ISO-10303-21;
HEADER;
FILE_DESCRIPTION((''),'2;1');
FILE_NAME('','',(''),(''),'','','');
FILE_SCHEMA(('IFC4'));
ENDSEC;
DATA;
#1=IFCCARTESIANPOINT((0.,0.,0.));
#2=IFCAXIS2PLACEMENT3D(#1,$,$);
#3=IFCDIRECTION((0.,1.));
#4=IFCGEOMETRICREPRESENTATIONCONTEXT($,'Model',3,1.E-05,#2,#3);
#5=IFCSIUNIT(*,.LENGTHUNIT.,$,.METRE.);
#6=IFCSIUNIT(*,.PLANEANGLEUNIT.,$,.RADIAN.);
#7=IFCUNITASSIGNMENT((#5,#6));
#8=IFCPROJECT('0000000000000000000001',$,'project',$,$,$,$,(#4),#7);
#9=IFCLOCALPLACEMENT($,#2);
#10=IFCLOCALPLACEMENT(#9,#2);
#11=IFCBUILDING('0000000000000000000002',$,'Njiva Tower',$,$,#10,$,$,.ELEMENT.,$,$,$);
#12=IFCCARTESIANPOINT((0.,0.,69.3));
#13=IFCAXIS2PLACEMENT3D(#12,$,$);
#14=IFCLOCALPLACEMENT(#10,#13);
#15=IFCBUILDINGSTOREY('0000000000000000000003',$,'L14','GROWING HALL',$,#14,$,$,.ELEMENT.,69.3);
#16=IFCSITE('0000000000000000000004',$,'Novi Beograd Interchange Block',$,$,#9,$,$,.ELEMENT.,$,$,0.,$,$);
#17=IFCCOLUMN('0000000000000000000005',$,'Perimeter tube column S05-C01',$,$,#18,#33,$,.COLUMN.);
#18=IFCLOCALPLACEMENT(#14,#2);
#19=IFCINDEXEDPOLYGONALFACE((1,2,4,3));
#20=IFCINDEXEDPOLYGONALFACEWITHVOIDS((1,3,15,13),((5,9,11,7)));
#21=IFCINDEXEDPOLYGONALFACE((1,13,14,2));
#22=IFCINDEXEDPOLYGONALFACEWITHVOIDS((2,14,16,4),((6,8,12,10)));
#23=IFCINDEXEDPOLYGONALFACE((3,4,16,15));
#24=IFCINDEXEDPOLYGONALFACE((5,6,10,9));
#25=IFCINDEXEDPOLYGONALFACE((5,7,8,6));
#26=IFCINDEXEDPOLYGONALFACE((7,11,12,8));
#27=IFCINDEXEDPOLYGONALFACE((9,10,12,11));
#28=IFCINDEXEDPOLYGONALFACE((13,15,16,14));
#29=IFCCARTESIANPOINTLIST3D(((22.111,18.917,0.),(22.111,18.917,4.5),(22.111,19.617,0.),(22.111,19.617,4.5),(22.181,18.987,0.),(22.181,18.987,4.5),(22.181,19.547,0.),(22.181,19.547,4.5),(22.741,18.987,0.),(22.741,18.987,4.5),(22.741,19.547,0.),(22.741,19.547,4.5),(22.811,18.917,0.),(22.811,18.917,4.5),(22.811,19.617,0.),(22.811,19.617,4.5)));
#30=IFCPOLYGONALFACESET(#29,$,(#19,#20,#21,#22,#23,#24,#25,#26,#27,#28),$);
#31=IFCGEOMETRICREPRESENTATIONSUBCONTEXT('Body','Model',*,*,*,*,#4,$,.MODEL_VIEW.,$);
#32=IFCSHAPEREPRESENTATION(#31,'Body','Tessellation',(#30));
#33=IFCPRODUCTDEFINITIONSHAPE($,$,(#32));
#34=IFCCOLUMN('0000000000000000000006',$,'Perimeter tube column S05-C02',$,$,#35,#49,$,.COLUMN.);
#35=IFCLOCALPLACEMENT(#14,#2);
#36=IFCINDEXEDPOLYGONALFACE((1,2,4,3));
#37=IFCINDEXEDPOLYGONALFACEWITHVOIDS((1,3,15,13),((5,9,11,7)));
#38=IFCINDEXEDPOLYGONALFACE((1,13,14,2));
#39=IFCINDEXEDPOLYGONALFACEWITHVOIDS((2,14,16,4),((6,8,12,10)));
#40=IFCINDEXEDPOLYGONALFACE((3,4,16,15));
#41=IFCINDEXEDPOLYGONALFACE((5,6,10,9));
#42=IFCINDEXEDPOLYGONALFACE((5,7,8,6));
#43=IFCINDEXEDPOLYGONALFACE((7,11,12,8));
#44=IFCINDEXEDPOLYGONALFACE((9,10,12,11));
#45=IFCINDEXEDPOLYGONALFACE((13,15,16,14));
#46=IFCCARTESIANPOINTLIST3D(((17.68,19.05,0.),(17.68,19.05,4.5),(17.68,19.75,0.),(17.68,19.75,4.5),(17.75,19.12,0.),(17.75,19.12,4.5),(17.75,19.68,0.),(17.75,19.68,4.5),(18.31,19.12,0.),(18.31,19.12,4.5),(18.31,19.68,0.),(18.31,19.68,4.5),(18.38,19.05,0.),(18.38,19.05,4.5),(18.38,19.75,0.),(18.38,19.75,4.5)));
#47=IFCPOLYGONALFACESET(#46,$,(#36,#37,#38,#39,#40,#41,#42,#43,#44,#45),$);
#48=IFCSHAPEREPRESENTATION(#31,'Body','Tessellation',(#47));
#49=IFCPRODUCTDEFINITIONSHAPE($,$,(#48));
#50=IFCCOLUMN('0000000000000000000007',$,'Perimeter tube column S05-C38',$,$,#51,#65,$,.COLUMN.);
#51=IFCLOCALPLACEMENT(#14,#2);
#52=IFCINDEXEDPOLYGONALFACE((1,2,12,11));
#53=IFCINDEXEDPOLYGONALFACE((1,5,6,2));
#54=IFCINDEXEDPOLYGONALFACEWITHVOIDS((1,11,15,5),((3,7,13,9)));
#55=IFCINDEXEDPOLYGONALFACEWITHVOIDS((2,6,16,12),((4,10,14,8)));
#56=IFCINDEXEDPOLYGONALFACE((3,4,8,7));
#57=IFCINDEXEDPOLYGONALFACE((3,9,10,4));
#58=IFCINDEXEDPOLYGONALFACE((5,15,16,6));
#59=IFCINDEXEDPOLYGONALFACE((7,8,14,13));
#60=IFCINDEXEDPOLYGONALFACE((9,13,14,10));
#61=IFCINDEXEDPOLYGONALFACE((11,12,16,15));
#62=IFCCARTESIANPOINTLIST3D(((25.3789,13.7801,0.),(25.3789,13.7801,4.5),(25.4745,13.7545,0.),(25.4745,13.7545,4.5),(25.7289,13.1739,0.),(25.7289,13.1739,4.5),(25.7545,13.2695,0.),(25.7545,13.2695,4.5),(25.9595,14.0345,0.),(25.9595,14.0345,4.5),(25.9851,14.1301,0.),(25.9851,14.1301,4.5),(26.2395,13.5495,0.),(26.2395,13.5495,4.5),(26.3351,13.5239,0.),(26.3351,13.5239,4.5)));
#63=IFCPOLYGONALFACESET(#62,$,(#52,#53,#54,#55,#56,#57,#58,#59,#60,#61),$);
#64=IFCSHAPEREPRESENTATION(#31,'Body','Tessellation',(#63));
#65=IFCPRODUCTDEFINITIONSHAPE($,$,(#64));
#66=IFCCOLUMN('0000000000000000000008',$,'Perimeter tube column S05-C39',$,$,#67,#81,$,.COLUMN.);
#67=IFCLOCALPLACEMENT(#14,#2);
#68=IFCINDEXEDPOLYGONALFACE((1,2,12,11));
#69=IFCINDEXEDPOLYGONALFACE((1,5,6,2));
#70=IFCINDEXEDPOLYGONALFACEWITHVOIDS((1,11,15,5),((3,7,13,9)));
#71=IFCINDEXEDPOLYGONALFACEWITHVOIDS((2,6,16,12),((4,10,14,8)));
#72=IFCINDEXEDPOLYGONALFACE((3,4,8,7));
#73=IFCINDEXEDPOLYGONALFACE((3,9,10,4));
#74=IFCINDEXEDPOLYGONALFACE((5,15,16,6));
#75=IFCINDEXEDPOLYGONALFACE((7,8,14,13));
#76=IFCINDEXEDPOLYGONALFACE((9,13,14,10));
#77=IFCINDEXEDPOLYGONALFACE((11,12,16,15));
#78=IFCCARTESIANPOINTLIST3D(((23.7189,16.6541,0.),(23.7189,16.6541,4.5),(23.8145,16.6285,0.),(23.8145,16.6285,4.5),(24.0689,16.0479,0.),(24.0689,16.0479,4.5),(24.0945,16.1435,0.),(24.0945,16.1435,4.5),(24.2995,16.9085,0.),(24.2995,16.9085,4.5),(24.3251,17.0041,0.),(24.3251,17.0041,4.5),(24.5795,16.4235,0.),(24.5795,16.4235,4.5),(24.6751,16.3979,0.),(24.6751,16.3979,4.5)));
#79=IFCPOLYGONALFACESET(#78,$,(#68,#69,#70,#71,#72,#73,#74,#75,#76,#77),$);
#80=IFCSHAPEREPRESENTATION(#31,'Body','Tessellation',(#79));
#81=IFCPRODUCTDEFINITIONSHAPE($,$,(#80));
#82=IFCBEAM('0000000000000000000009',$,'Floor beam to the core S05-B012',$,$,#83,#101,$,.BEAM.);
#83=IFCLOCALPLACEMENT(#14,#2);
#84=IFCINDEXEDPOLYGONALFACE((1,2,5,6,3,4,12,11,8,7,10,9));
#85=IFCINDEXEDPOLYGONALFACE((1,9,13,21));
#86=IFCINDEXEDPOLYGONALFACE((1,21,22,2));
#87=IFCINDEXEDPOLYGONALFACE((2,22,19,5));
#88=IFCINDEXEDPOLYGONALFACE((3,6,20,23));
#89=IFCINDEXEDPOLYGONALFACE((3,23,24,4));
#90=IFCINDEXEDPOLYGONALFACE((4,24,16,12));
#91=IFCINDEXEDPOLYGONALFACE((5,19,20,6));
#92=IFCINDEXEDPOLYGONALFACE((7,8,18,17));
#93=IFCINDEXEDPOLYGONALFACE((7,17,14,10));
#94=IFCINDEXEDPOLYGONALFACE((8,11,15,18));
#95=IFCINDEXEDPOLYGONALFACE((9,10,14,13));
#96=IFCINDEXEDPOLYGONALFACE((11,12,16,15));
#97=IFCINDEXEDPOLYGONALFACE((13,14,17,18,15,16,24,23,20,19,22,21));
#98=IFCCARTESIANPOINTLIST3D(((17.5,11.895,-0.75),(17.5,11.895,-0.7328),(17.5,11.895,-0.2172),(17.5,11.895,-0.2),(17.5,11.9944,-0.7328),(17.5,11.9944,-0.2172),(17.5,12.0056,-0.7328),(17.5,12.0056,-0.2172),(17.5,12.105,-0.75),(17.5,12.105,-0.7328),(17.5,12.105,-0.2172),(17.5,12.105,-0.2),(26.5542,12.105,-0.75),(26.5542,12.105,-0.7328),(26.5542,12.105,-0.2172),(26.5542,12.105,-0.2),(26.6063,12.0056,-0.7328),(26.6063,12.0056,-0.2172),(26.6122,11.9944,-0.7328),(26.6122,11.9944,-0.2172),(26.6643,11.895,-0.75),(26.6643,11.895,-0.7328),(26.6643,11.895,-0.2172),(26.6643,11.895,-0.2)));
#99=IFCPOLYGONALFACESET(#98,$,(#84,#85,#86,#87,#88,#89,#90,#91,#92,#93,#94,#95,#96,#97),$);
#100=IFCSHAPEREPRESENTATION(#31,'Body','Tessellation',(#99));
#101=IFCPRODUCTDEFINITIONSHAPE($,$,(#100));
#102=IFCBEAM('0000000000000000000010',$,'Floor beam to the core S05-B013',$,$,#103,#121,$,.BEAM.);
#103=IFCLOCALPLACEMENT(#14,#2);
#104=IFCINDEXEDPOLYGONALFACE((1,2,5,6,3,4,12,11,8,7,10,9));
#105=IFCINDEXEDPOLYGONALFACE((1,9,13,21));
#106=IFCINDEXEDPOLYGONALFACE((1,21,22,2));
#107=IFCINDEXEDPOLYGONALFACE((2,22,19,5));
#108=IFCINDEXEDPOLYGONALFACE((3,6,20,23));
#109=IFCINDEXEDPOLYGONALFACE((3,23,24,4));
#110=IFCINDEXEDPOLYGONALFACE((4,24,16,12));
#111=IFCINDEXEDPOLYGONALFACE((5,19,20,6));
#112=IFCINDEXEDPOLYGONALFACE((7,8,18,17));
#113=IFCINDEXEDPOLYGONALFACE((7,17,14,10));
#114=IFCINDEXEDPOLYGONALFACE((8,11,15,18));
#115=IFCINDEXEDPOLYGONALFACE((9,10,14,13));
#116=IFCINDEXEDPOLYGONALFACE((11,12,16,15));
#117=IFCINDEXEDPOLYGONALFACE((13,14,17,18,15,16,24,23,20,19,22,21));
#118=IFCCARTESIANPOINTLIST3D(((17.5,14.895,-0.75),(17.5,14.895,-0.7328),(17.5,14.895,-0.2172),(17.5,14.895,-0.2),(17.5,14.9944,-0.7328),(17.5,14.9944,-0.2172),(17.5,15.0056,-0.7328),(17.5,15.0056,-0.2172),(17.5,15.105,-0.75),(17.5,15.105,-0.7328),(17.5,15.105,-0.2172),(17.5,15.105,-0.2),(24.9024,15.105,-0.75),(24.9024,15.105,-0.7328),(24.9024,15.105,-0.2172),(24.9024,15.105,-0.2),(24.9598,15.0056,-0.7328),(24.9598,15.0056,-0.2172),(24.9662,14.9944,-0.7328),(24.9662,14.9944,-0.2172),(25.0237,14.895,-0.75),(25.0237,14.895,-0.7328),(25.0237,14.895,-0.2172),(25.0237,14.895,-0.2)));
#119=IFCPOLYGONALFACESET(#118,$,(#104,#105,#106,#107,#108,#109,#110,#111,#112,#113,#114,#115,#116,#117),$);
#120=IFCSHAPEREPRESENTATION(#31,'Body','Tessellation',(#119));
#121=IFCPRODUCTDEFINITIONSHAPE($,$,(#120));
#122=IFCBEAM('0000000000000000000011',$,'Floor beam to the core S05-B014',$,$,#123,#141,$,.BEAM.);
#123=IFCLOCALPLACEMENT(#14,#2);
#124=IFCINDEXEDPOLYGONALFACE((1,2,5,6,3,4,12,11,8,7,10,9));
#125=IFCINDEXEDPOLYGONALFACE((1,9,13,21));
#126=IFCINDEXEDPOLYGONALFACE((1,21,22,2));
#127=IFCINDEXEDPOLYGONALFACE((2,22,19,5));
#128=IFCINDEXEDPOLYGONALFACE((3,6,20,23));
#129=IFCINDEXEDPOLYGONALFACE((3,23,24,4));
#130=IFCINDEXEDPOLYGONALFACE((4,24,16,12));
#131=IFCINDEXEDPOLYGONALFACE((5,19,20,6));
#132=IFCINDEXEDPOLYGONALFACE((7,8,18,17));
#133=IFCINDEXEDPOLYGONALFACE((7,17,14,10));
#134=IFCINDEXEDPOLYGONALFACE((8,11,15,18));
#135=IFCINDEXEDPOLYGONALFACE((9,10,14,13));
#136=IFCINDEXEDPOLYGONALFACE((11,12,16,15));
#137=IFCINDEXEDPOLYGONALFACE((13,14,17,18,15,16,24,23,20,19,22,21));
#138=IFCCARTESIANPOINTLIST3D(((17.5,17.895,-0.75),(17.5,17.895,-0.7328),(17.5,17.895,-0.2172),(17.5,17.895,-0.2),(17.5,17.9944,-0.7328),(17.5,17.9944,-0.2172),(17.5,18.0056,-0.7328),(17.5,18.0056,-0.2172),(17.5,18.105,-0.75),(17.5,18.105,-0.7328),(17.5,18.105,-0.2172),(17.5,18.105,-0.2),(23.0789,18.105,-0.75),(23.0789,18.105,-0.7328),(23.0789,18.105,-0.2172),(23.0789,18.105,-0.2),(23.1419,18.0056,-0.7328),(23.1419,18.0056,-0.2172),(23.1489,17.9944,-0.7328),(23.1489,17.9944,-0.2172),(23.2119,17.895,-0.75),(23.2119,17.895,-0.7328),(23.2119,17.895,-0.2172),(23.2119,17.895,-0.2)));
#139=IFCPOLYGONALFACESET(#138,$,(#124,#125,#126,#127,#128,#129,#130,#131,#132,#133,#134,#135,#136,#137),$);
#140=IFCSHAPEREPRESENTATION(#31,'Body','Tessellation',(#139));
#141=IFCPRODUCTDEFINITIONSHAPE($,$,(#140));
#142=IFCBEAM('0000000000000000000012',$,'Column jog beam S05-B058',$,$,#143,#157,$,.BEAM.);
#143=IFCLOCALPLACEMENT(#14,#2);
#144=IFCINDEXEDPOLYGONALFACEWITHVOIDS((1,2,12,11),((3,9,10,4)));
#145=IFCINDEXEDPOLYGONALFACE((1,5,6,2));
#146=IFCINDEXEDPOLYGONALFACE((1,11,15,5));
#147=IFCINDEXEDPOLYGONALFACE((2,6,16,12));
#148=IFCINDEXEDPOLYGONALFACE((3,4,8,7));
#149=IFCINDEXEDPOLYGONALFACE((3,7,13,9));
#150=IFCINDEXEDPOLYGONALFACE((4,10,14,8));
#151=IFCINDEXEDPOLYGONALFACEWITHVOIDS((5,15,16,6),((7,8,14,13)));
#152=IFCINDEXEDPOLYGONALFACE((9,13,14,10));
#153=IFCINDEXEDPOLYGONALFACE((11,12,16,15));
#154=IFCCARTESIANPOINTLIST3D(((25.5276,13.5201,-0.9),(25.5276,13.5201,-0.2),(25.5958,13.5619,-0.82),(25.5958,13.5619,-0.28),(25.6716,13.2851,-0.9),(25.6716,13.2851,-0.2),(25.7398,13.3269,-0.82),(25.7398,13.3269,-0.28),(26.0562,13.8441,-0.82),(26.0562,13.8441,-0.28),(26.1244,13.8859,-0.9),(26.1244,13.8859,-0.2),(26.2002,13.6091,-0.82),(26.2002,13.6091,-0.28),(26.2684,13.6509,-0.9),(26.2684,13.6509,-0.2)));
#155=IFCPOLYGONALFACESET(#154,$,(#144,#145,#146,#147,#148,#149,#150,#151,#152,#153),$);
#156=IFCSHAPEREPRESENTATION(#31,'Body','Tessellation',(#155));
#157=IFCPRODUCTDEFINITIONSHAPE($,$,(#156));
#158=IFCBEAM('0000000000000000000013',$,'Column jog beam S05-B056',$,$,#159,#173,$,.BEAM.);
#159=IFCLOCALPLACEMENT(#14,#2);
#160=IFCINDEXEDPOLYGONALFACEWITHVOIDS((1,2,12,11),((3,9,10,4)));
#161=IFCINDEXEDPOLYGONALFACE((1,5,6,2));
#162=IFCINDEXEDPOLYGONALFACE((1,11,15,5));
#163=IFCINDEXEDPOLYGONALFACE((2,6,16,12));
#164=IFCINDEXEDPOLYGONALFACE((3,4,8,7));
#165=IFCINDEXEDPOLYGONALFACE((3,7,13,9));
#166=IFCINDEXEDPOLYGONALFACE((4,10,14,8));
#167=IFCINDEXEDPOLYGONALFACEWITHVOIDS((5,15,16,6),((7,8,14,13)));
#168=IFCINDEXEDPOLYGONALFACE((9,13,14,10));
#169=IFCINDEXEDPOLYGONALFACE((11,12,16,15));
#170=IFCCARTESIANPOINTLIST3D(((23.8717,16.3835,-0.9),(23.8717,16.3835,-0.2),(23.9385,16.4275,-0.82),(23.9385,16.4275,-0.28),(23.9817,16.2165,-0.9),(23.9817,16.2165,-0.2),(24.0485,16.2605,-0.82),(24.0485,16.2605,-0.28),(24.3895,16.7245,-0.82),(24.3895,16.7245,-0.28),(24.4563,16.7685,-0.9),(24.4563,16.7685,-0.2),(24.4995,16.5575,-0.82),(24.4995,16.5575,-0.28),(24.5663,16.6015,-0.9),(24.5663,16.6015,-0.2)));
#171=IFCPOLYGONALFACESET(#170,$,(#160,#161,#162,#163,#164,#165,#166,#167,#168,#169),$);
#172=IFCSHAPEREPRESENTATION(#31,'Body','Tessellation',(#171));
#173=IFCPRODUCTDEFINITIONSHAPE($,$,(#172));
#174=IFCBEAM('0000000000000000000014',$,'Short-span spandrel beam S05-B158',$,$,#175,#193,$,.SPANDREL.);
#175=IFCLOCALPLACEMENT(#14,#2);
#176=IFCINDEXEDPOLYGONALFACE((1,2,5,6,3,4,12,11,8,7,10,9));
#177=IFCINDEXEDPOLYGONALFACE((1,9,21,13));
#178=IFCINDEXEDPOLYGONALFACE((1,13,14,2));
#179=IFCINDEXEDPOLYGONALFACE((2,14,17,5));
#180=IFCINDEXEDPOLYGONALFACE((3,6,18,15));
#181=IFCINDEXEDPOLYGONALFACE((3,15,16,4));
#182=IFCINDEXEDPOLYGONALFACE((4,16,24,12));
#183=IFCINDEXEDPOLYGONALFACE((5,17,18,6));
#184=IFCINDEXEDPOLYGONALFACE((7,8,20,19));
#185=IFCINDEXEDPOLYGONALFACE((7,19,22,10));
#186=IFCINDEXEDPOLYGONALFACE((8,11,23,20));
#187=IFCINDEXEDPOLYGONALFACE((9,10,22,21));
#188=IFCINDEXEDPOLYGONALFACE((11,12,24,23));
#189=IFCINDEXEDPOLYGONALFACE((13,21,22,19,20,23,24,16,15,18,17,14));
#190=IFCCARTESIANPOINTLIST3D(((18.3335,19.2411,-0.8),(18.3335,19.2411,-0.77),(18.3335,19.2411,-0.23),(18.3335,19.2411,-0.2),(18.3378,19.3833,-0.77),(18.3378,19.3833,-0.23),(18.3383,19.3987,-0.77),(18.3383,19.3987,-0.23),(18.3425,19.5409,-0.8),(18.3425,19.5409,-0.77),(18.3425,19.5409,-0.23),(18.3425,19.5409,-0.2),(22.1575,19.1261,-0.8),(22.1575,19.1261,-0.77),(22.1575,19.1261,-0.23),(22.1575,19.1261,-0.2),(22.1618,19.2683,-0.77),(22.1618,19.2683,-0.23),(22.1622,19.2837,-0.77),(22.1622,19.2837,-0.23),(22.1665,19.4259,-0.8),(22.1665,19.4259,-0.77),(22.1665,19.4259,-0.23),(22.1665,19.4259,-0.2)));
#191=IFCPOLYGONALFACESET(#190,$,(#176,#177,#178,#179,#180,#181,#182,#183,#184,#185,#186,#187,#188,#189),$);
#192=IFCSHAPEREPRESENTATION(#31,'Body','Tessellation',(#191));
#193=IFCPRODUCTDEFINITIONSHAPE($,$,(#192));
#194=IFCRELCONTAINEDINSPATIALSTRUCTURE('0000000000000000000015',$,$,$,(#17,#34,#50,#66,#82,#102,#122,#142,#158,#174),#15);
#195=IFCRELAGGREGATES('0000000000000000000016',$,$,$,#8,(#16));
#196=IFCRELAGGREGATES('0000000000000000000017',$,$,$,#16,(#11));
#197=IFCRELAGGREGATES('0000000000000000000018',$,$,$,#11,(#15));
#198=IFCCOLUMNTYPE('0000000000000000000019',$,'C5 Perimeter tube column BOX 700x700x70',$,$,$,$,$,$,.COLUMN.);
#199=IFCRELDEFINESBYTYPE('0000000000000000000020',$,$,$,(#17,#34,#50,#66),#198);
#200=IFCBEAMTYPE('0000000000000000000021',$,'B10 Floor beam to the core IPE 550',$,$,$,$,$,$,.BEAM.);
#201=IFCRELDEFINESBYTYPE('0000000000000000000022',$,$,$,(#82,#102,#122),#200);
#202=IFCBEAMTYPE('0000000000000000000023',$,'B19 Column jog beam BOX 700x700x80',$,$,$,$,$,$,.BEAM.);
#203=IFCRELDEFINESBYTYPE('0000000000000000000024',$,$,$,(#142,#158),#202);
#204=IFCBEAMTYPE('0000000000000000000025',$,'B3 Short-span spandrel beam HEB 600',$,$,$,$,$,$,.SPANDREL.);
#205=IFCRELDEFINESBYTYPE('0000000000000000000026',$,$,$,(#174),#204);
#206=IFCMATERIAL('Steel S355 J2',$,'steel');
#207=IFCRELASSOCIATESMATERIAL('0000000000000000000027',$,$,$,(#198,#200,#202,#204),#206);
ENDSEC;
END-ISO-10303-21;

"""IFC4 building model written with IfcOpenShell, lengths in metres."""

from ifc_helpers import new_model, si_unit, direction, frame, origin, origin_2d, place, context, subcontext, project, spatial, hollow_rectangle, i_section, extrude, clip, halfspace, material, material_profile, profile_set, type_object, element, save


model = new_model("IFC4")

# Units and contexts
model_context = context("Model", 3, precision=1e-05, world=origin(), true_north=direction((0.0, 1.0)))
body_context = subcontext(model_context, "Body", "Model", "MODEL_VIEW")
ifc_project = project(units=[si_unit("LENGTHUNIT", "METRE"), si_unit("PLANEANGLEUNIT", "RADIAN")], contexts=[model_context])

# Site, building, storey
site_placement = place(None, origin())
site = spatial("IfcSite", under=ifc_project, at=site_placement, Name="Novi Beograd Interchange Block", CompositionType="ELEMENT", RefElevation=0.0)
building_placement = place(site_placement, origin())
building = spatial("IfcBuilding", under=site, at=building_placement, Name="Njiva Tower", CompositionType="ELEMENT")
storey_placement = place(building_placement, frame((0.0, 0.0, 69.3)))
storey = spatial("IfcBuildingStorey", under=building, at=storey_placement, Name="L14", Description="GROWING HALL", CompositionType="ELEMENT", Elevation=69.3)

# Columns
ifc_material_1 = material(Name="Steel S355 J2", Category="steel")
ifc_material_profile_1 = material_profile(ifc_material_1, hollow_rectangle(XDim=0.7, YDim=0.7, WallThickness=0.07, at=origin_2d()), Name="BOX 700x700x70")
ifc_profile_set_1 = profile_set([ifc_material_profile_1], Name="Steel S355 J2")
column_type = type_object("IfcColumnType", Name="C5 Perimeter tube column BOX 700x700x70", PredefinedType="COLUMN", material=ifc_profile_set_1)
for number, where, z_axis, x_axis, name in (
    (1, (22.461, 19.267, 0.0), (0.0, 0.0, 1.0), (-1.0, 0.0, 0.0), "Perimeter tube column S05-C01"),
    (2, (18.03, 19.4, 0.0), (0.0, 0.0, 1.0), (-1.0, 0.0, 0.0), "Perimeter tube column S05-C02"),
    (3, (25.857, 13.652, 0.0), (0.0, 0.0, 1.0), (-0.5, 0.866025, 0.0), "Perimeter tube column S05-C38"),
    (4, (24.197, 16.526, 0.0), (0.0, 0.0, 1.0), (-0.5, 0.866025, 0.0), "Perimeter tube column S05-C39"),
):
    element("IfcColumn", number, at=place(storey_placement, frame(where, z_axis=z_axis, x_axis=x_axis)), inside=storey, type_object=column_type, Name=name, PredefinedType="COLUMN", context=body_context, shape_type="SweptSolid", body=[
        extrude(hollow_rectangle(XDim=0.7, YDim=0.7, WallThickness=0.07, at=origin_2d()), origin(), (0.0, 0.0, 1.0), 4.5),
    ])

# Beams
ifc_material_profile_2 = material_profile(ifc_material_1, i_section(OverallWidth=0.21, OverallDepth=0.55, WebThickness=0.0111, FlangeThickness=0.0172, at=origin_2d()), Name="IPE 550")
ifc_profile_set_2 = profile_set([ifc_material_profile_2], Name="Steel S355 J2")
beam_type_1 = type_object("IfcBeamType", Name="B10 Floor beam to the core IPE 550", PredefinedType="BEAM", material=ifc_profile_set_2)
beam_1_placement = place(storey_placement, frame((17.5, 12.0, -0.475), z_axis=(1.0, 0.0, 0.0), x_axis=(0.0, 1.0, 0.0)))
element("IfcBeam", 5, at=beam_1_placement, inside=storey, type_object=beam_type_1, Name="Floor beam to the core S05-B012", PredefinedType="BEAM", context=body_context, shape_type="Clipping", body=[
    clip(extrude(i_section(OverallWidth=0.21, OverallDepth=0.55, WebThickness=0.0111, FlangeThickness=0.0172, at=origin_2d()), origin(), (0.0, 0.0, 1.0), 9.184), halfspace(frame((0.0232, 0.0, 9.0971), z_axis=(0.46405, 0.0, 0.885809), x_axis=(0.0, 1.0, 0.0)), False)),
])
beam_2_placement = place(storey_placement, frame((17.5, 15.0, -0.475), z_axis=(1.0, 0.0, 0.0), x_axis=(0.0, 1.0, 0.0)))
element("IfcBeam", 6, at=beam_2_placement, inside=storey, type_object=beam_type_1, Name="Floor beam to the core S05-B013", PredefinedType="BEAM", context=body_context, shape_type="Clipping", body=[
    clip(extrude(i_section(OverallWidth=0.21, OverallDepth=0.55, WebThickness=0.0111, FlangeThickness=0.0172, at=origin_2d()), origin(), (0.0, 0.0, 1.0), 7.544), halfspace(frame((0.025, 0.0, 7.4486), z_axis=(0.499998, 0.0, 0.866027), x_axis=(0.0, 1.0, 0.0)), False)),
])
beam_3_placement = place(storey_placement, frame((17.5, 18.0, -0.475), z_axis=(1.0, 0.0, 0.0), x_axis=(0.0, 1.0, 0.0)))
element("IfcBeam", 7, at=beam_3_placement, inside=storey, type_object=beam_type_1, Name="Floor beam to the core S05-B014", PredefinedType="BEAM", context=body_context, shape_type="Clipping", body=[
    clip(extrude(i_section(OverallWidth=0.21, OverallDepth=0.55, WebThickness=0.0111, FlangeThickness=0.0172, at=origin_2d()), origin(), (0.0, 0.0, 1.0), 5.732), halfspace(frame((0.0268, 0.0, 5.6284), z_axis=(0.535111, 0.0, 0.844782), x_axis=(0.0, 1.0, 0.0)), False)),
])
ifc_material_profile_3 = material_profile(ifc_material_1, hollow_rectangle(XDim=0.7, YDim=0.7, WallThickness=0.08, at=origin_2d()), Name="BOX 700x700x80")
ifc_profile_set_3 = profile_set([ifc_material_profile_3], Name="Steel S355 J2")
beam_type_2 = type_object("IfcBeamType", Name="B19 Column jog beam BOX 700x700x80", PredefinedType="BEAM", material=ifc_profile_set_3)
beam_4_placement = place(storey_placement, frame((25.97, 13.468, -0.55), z_axis=(-0.522477, 0.852653, 0.0), x_axis=(-0.852653, -0.522477, 0.0)))
element("IfcBeam", 8, at=beam_4_placement, inside=storey, type_object=beam_type_2, Name="Column jog beam S05-B058", PredefinedType="BEAM", context=body_context, shape_type="SweptSolid", body=[
    extrude(hollow_rectangle(XDim=0.7, YDim=0.7, WallThickness=0.08, at=origin_2d()), origin(), (0.0, 0.0, 1.0), 0.2756),
])
beam_5_placement = place(storey_placement, frame((24.274, 16.409, -0.55), z_axis=(-0.550076, 0.835115, 0.0), x_axis=(-0.835115, -0.550076, 0.0)))
element("IfcBeam", 9, at=beam_5_placement, inside=storey, type_object=beam_type_2, Name="Column jog beam S05-B056", PredefinedType="BEAM", context=body_context, shape_type="SweptSolid", body=[
    extrude(hollow_rectangle(XDim=0.7, YDim=0.7, WallThickness=0.08, at=origin_2d()), origin(), (0.0, 0.0, 1.0), 0.2),
])
ifc_material_profile_4 = material_profile(ifc_material_1, i_section(OverallWidth=0.3, OverallDepth=0.6, WebThickness=0.0155, FlangeThickness=0.03, at=origin_2d()), Name="HEB 600")
ifc_profile_set_4 = profile_set([ifc_material_profile_4], Name="Steel S355 J2")
beam_type_3 = type_object("IfcBeamType", Name="B3 Short-span spandrel beam HEB 600", PredefinedType="SPANDREL", material=ifc_profile_set_4)
beam_6_placement = place(storey_placement, frame((22.162, 19.276, -0.5), z_axis=(-0.999548, 0.03006, 0.0), x_axis=(-0.03006, -0.999548, 0.0)))
element("IfcBeam", 10, at=beam_6_placement, inside=storey, type_object=beam_type_3, Name="Short-span spandrel beam S05-B158", PredefinedType="SPANDREL", context=body_context, shape_type="SweptSolid", body=[
    extrude(i_section(OverallWidth=0.3, OverallDepth=0.6, WebThickness=0.0155, FlangeThickness=0.03, at=origin_2d()), origin(), (0.0, 0.0, 1.0), 3.8257),
])

save(model, "model.ifc")
